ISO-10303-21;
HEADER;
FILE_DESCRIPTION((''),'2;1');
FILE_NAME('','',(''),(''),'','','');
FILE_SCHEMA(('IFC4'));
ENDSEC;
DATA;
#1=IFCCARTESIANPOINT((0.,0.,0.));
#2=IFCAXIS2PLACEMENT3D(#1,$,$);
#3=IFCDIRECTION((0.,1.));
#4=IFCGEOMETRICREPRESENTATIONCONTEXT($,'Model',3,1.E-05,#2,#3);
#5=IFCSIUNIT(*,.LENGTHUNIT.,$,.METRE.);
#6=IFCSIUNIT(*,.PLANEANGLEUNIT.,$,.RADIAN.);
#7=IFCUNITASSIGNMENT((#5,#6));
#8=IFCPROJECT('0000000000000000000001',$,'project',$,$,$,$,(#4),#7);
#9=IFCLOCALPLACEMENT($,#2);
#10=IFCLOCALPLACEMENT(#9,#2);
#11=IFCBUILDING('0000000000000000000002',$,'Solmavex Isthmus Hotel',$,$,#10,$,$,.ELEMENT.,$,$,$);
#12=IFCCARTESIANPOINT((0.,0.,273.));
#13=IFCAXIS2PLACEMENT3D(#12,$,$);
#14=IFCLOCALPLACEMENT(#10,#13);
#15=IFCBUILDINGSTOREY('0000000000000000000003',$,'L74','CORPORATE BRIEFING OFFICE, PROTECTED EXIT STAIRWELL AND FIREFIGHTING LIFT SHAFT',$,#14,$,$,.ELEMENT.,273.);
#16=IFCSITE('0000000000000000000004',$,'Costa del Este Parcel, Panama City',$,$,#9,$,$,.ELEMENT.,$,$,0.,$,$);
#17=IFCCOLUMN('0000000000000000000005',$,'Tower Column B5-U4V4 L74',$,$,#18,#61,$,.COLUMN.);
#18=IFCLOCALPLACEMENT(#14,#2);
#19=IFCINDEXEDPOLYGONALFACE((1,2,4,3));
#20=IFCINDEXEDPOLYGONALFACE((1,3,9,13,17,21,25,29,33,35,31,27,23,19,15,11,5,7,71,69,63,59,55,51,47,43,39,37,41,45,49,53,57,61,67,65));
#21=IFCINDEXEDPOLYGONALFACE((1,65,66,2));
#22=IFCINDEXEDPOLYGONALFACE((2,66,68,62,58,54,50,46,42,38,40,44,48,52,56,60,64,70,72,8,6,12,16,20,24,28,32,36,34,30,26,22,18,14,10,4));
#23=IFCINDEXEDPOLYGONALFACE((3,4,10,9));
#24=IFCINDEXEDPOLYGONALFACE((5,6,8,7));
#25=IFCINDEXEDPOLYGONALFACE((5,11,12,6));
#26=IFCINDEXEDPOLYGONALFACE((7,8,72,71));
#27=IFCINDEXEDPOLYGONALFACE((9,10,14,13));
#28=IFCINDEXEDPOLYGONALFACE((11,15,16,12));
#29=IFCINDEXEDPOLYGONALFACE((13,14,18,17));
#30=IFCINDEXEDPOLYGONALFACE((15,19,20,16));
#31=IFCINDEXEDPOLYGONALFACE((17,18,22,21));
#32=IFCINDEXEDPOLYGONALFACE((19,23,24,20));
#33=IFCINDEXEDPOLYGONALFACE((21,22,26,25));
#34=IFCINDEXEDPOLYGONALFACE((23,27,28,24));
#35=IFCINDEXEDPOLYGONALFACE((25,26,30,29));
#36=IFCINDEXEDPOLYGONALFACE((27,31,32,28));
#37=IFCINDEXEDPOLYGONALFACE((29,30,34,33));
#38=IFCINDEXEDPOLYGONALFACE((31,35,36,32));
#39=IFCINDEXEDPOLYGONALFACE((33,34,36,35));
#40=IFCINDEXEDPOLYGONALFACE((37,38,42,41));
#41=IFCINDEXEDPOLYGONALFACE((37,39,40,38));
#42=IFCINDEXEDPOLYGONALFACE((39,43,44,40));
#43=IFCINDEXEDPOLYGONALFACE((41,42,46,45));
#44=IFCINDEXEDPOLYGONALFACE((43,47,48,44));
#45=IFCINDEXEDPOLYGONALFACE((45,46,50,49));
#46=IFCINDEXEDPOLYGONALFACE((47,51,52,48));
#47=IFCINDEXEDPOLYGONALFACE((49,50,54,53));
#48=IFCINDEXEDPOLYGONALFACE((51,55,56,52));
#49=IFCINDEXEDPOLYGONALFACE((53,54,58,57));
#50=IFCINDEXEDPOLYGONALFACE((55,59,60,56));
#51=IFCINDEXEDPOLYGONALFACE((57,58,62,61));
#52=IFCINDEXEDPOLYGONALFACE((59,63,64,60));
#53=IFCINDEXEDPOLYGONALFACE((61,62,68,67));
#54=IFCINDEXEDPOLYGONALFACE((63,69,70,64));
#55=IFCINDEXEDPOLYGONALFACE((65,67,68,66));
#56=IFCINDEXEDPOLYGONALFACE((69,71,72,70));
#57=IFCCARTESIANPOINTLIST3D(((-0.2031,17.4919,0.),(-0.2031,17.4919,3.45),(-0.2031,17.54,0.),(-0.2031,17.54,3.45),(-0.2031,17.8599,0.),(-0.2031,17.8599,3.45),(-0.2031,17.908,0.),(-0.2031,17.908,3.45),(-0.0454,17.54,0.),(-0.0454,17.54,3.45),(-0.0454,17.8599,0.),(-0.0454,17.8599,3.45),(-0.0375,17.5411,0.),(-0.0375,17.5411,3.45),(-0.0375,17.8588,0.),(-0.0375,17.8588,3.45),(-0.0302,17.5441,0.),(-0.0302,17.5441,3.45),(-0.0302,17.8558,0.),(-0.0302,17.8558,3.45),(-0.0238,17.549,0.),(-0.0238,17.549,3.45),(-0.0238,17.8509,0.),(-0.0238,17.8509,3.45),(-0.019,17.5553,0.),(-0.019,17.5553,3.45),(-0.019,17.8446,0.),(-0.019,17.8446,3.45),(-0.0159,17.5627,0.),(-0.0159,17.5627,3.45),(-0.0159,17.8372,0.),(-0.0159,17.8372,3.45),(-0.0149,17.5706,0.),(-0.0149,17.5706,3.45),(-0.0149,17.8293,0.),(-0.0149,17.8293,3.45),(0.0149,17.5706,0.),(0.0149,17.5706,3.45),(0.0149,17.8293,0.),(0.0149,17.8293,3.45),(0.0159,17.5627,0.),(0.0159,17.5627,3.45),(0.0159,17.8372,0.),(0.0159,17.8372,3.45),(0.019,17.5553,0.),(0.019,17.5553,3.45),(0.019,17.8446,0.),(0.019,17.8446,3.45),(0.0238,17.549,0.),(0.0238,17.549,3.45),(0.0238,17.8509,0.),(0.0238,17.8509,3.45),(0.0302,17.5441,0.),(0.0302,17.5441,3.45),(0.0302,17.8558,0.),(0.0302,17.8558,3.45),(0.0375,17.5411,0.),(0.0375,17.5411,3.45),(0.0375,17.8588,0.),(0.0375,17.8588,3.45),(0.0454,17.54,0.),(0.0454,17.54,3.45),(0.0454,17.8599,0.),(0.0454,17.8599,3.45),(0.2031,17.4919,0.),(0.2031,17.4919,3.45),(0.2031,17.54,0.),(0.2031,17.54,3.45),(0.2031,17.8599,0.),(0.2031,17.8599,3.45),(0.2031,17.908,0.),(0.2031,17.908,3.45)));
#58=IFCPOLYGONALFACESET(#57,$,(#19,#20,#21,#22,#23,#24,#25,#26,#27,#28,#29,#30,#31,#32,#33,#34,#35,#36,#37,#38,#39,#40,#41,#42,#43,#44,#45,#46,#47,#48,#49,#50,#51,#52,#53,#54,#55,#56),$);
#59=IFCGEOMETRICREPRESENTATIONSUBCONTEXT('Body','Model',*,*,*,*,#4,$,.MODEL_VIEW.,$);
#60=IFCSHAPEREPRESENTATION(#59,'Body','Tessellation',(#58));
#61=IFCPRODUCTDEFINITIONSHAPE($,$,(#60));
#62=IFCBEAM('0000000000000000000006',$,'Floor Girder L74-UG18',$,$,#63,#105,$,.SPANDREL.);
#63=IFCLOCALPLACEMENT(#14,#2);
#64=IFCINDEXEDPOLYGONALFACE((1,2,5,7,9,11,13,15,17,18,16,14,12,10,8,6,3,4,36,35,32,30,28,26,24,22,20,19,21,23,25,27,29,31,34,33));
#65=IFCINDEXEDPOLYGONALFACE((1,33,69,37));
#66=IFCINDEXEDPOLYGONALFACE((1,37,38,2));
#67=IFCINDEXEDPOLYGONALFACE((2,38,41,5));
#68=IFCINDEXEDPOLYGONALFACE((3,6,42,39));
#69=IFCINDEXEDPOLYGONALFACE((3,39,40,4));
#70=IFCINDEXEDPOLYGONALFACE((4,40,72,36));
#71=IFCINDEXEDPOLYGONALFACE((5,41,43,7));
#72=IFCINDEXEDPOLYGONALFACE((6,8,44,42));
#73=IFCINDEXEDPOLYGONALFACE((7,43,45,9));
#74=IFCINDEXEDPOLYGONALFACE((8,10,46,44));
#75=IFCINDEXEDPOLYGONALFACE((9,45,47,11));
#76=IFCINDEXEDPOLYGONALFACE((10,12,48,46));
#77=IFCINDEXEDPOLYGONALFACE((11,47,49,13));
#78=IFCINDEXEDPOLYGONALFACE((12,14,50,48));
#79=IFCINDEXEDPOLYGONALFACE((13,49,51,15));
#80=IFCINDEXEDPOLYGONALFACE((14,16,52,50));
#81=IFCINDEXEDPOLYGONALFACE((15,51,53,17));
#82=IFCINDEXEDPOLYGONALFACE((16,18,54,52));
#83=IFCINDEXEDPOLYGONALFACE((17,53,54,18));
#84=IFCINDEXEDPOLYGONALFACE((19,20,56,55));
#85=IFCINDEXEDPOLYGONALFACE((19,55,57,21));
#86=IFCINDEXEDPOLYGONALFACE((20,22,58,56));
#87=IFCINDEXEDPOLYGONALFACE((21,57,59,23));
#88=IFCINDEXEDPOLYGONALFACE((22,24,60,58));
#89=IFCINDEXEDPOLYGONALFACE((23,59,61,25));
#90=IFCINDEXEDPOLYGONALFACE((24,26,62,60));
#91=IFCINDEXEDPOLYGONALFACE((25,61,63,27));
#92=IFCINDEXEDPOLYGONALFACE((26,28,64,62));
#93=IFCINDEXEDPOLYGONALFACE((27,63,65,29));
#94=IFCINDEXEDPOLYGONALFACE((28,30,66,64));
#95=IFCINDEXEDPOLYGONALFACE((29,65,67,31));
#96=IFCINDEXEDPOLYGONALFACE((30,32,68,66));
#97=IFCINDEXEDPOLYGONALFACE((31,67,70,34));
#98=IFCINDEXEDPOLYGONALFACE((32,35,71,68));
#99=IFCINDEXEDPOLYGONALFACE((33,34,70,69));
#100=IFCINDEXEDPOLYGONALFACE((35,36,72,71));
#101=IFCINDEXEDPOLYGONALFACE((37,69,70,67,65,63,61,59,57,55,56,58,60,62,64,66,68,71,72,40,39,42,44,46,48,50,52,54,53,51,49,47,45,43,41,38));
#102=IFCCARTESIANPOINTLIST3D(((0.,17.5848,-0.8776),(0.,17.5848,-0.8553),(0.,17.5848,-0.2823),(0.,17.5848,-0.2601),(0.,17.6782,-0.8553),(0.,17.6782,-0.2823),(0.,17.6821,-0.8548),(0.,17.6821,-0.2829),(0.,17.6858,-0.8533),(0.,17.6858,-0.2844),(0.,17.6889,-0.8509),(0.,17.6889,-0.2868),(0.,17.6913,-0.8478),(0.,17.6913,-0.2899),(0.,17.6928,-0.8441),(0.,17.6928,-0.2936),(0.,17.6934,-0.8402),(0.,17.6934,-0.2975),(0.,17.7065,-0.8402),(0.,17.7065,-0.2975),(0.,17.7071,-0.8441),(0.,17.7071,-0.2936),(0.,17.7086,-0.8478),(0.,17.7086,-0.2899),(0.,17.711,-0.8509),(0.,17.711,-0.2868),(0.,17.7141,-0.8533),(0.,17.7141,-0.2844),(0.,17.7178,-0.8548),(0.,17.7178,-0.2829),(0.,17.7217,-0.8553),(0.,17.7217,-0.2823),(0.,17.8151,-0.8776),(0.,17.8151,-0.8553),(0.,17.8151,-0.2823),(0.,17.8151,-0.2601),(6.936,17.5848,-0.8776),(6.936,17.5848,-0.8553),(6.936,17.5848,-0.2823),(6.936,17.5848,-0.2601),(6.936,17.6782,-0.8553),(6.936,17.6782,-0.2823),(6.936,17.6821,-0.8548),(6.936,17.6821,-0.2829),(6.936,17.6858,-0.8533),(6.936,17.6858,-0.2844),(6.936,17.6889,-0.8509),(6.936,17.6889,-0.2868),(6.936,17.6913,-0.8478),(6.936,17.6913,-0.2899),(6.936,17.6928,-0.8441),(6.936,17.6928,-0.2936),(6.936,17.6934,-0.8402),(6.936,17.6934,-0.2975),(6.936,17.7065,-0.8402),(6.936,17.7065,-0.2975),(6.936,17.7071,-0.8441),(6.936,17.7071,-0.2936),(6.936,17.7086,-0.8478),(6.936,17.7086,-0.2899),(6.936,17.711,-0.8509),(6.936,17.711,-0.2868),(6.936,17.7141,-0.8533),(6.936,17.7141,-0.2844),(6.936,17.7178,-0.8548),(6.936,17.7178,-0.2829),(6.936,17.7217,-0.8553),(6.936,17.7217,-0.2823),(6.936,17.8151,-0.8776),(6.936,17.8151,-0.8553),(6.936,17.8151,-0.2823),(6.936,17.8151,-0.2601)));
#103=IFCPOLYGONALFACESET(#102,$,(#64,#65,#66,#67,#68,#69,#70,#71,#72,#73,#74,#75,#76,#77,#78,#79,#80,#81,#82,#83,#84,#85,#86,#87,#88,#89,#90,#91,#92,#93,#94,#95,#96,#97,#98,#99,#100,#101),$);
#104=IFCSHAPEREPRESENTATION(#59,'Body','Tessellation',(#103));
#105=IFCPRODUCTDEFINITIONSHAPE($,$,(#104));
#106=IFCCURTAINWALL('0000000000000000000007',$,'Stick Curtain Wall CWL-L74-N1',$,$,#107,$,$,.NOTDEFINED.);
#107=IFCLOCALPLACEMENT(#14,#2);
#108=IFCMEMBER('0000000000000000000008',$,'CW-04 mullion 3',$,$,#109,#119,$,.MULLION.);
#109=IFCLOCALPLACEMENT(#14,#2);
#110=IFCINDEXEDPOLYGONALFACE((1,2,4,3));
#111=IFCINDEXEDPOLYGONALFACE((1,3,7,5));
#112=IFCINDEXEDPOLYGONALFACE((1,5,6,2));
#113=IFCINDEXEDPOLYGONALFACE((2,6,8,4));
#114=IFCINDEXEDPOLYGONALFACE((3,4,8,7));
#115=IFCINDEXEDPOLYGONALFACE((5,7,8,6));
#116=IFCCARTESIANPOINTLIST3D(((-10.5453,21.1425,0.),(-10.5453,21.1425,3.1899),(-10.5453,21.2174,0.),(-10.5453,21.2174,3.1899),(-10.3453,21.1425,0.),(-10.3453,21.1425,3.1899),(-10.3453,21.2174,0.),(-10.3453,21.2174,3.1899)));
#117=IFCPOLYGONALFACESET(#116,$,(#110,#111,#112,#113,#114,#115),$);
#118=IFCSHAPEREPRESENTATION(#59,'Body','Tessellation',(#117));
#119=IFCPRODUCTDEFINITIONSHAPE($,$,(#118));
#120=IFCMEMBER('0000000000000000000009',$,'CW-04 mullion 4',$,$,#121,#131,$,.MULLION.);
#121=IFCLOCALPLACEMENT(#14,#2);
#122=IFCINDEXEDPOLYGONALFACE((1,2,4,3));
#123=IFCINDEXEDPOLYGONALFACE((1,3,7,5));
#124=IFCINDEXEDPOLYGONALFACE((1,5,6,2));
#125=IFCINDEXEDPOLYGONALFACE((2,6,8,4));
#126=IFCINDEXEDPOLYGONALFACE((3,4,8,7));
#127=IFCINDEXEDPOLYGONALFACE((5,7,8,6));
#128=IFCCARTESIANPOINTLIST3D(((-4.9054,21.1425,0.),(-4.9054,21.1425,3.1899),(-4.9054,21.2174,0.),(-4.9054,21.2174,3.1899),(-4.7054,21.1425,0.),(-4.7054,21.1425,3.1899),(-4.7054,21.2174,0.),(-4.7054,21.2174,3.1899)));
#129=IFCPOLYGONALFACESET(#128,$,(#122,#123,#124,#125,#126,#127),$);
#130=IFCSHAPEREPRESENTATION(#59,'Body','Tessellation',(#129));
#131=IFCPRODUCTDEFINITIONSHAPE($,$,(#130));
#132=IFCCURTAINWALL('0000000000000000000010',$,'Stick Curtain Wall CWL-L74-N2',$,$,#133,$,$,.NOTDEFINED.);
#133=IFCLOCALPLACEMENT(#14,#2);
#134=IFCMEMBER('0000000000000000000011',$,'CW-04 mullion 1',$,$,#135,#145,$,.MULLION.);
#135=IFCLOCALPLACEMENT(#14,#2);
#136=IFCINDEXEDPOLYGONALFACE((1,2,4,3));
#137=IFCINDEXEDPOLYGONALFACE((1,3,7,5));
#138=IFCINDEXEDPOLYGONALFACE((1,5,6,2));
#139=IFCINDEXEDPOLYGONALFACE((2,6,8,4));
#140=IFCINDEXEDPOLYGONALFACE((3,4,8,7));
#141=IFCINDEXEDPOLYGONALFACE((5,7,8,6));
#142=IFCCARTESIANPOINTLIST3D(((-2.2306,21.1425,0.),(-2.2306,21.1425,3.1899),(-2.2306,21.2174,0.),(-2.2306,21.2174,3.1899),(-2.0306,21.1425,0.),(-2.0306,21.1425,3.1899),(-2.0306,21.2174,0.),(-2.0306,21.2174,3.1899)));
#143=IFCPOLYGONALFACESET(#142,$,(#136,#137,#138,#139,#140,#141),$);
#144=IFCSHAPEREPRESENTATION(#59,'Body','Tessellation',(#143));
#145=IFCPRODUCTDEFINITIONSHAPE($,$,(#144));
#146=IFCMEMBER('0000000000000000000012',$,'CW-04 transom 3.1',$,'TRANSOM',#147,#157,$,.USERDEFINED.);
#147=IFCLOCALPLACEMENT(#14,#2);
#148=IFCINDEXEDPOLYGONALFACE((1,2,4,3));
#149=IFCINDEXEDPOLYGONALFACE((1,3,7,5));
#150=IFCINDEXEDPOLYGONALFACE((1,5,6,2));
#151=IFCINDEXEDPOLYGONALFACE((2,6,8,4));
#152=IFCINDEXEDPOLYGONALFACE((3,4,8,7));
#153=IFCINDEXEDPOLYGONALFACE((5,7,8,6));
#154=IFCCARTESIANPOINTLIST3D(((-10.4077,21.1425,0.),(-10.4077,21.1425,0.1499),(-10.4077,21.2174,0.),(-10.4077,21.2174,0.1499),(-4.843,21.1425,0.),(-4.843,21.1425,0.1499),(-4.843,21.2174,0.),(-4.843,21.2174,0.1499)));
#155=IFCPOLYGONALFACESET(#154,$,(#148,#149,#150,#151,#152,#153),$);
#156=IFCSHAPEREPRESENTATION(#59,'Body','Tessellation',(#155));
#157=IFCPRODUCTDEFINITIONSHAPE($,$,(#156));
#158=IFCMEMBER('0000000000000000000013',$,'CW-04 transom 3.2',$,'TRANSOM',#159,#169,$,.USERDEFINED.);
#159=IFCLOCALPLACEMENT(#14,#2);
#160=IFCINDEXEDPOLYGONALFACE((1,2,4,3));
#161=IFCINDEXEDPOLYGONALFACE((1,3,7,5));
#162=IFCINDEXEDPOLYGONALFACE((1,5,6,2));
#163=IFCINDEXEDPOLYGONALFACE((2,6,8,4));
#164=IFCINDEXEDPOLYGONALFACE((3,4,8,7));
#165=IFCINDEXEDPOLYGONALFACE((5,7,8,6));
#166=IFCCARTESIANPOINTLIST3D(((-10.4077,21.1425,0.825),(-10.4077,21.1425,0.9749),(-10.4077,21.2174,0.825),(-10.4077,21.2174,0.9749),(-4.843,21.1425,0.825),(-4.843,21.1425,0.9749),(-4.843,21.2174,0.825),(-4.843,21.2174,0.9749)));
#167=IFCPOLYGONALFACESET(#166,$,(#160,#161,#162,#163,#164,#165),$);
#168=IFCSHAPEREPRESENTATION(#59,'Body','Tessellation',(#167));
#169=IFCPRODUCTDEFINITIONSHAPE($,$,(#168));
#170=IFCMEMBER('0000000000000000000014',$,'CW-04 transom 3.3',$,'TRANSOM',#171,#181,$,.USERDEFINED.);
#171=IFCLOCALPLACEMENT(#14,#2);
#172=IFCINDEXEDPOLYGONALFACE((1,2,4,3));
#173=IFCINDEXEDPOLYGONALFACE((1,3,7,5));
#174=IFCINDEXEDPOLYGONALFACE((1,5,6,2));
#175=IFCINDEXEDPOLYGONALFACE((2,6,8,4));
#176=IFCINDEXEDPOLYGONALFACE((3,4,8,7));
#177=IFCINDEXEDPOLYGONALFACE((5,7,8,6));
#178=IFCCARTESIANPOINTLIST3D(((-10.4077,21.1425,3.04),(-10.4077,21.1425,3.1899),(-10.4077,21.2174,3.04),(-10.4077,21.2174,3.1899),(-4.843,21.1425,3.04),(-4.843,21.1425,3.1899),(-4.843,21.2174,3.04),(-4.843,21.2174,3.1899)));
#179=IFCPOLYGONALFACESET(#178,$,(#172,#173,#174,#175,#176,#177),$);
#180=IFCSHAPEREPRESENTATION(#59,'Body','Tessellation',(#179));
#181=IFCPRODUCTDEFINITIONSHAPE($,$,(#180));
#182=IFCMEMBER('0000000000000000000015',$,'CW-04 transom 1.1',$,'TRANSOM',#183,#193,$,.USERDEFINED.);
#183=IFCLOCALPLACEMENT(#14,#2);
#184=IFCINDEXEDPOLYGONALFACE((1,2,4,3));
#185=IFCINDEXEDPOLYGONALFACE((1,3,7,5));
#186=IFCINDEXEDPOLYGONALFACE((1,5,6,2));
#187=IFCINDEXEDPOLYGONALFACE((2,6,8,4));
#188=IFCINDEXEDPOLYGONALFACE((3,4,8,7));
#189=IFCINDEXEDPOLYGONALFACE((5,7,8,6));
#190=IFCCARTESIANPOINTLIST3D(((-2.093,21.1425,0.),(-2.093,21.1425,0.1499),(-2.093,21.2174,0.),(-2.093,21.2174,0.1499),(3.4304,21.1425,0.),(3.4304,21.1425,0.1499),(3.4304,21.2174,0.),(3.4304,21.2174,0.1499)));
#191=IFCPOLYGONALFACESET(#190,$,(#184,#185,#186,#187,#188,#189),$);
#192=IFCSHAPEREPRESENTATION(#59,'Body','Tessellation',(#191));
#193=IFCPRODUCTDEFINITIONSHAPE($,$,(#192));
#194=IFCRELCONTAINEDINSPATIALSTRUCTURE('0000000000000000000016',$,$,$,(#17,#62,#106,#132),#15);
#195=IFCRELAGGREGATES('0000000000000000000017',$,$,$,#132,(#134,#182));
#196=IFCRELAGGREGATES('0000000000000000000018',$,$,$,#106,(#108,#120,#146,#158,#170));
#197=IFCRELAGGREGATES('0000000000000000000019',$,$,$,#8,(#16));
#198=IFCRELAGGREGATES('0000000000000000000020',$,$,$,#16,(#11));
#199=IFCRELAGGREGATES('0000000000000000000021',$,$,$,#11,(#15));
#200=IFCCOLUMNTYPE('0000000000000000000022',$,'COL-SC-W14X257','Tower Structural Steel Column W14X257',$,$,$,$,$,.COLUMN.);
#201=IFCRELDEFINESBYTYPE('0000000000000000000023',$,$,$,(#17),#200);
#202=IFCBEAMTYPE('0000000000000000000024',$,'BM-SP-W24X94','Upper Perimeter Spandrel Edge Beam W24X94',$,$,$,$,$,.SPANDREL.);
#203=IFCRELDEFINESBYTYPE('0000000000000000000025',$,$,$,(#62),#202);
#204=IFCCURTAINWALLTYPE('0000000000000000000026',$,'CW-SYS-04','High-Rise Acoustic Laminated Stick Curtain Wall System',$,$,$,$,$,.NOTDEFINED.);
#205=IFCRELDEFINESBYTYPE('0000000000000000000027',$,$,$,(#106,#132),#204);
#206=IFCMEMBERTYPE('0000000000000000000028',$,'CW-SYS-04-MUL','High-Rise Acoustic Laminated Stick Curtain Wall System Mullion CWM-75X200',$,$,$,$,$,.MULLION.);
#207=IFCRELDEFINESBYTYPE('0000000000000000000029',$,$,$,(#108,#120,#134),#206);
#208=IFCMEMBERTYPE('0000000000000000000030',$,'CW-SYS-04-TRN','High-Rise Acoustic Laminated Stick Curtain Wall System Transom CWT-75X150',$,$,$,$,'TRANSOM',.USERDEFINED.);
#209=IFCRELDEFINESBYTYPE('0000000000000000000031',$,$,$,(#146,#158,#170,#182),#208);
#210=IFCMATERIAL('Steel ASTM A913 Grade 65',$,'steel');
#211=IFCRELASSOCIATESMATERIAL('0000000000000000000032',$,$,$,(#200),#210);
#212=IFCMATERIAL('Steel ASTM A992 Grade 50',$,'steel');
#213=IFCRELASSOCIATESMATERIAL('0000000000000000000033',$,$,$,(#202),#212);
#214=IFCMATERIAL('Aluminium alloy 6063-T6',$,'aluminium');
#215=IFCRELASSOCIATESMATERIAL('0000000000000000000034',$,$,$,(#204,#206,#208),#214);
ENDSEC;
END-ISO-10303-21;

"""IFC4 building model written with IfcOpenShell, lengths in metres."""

from ifc_helpers import new_model, si_unit, direction, frame, origin, origin_2d, place, context, subcontext, project, spatial, rectangle, i_section, extrude, material, material_profile, profile_set, type_object, element, aggregate, save


model = new_model("IFC4")

# Units and contexts
model_context = context("Model", 3, precision=1e-05, world=origin(), true_north=direction((0.0, 1.0)))
body_context = subcontext(model_context, "Body", "Model", "MODEL_VIEW")
ifc_project = project(units=[si_unit("LENGTHUNIT", "METRE"), si_unit("PLANEANGLEUNIT", "RADIAN")], contexts=[model_context])

# Site, building, storey
site_placement = place(None, origin())
site = spatial("IfcSite", under=ifc_project, at=site_placement, Name="Costa del Este Parcel, Panama City", CompositionType="ELEMENT", RefElevation=0.0)
building_placement = place(site_placement, origin())
building = spatial("IfcBuilding", under=site, at=building_placement, Name="Solmavex Isthmus Hotel", CompositionType="ELEMENT")
storey_placement = place(building_placement, frame((0.0, 0.0, 273.0)))
storey = spatial("IfcBuildingStorey", under=building, at=storey_placement, Name="L74", Description="CORPORATE BRIEFING OFFICE, PROTECTED EXIT STAIRWELL AND FIREFIGHTING LIFT SHAFT", CompositionType="ELEMENT", Elevation=273.0)

# Column
ifc_material_1 = material(Name="Steel ASTM A913 Grade 65", Category="steel")
ifc_material_profile_1 = material_profile(ifc_material_1, i_section(OverallWidth=0.4062, OverallDepth=0.416, WebThickness=0.0298, FlangeThickness=0.0481, FilletRadius=0.0305, at=origin_2d()), Name="W14X257")
ifc_profile_set_1 = profile_set([ifc_material_profile_1], Name="Steel ASTM A913 Grade 65")
column_type = type_object("IfcColumnType", Name="COL-SC-W14X257", Description="Tower Structural Steel Column W14X257", PredefinedType="COLUMN", material=ifc_profile_set_1)
column_placement = place(storey_placement, frame((0.0, 17.7, 0.0), z_axis=(0.0, 0.0, 1.0), x_axis=(1.0, 0.0, 0.0)))
element("IfcColumn", 1, at=column_placement, inside=storey, type_object=column_type, Name="Tower Column B5-U4V4 L74", PredefinedType="COLUMN", context=body_context, shape_type="SweptSolid", body=[
    extrude(i_section(OverallWidth=0.4062, OverallDepth=0.416, WebThickness=0.0298, FlangeThickness=0.0481, FilletRadius=0.0305, at=origin_2d()), origin(), (0.0, 0.0, 1.0), 3.45),
])

# Beam
ifc_material_2 = material(Name="Steel ASTM A992 Grade 50", Category="steel")
ifc_material_profile_2 = material_profile(ifc_material_2, i_section(OverallWidth=0.2302, OverallDepth=0.6174, WebThickness=0.0132, FlangeThickness=0.0222, FilletRadius=0.0151, at=origin_2d()), Name="W24X94")
ifc_profile_set_2 = profile_set([ifc_material_profile_2], Name="Steel ASTM A992 Grade 50")
beam_type = type_object("IfcBeamType", Name="BM-SP-W24X94", Description="Upper Perimeter Spandrel Edge Beam W24X94", PredefinedType="SPANDREL", material=ifc_profile_set_2)
beam_placement = place(storey_placement, frame((0.0, 17.7, -0.5688), z_axis=(1.0, 0.0, 0.0), x_axis=(0.0, 1.0, 0.0)))
element("IfcBeam", 2, at=beam_placement, inside=storey, type_object=beam_type, Name="Floor Girder L74-UG18", PredefinedType="SPANDREL", context=body_context, shape_type="SweptSolid", body=[
    extrude(i_section(OverallWidth=0.2302, OverallDepth=0.6174, WebThickness=0.0132, FlangeThickness=0.0222, FilletRadius=0.0151, at=origin_2d()), origin(), (0.0, 0.0, 1.0), 6.936),
])

# Curtain wall, members
ifc_material_3 = material(Name="Aluminium alloy 6063-T6", Category="aluminium")
curtain_wall_type = type_object("IfcCurtainWallType", Name="CW-SYS-04", Description="High-Rise Acoustic Laminated Stick Curtain Wall System", PredefinedType="NOTDEFINED", material=ifc_material_3)
curtain_wall_1_placement = place(storey_placement, origin())
curtain_wall_1 = element("IfcCurtainWall", 3, at=curtain_wall_1_placement, inside=storey, type_object=curtain_wall_type, Name="Stick Curtain Wall CWL-L74-N1", PredefinedType="NOTDEFINED")
ifc_material_profile_3 = material_profile(ifc_material_3, rectangle(XDim=0.075, YDim=0.2, at=origin_2d()), Name="CWM-75X200")
ifc_profile_set_3 = profile_set([ifc_material_profile_3], Name="Aluminium alloy 6063-T6")
member_type_1 = type_object("IfcMemberType", Name="CW-SYS-04-MUL", Description="High-Rise Acoustic Laminated Stick Curtain Wall System Mullion CWM-75X200", PredefinedType="MULLION", material=ifc_profile_set_3)
member_1_placement = place(storey_placement, frame((-10.4453, 21.1799, 0.0), z_axis=(0.0, 0.0, 1.0), x_axis=(0.0, 1.0, 0.0)))
member_1 = element("IfcMember", 4, at=member_1_placement, type_object=member_type_1, Name="CW-04 mullion 3", PredefinedType="MULLION", context=body_context, shape_type="SweptSolid", body=[
    extrude(rectangle(XDim=0.075, YDim=0.2, at=origin_2d()), origin(), (0.0, 0.0, 1.0), 3.1899),
])
member_2_placement = place(storey_placement, frame((-4.8054, 21.1799, 0.0), z_axis=(0.0, 0.0, 1.0), x_axis=(0.0, 1.0, 0.0)))
member_2 = element("IfcMember", 5, at=member_2_placement, type_object=member_type_1, Name="CW-04 mullion 4", PredefinedType="MULLION", context=body_context, shape_type="SweptSolid", body=[
    extrude(rectangle(XDim=0.075, YDim=0.2, at=origin_2d()), origin(), (0.0, 0.0, 1.0), 3.1899),
])

# Curtain wall, member
curtain_wall_2_placement = place(storey_placement, origin())
curtain_wall_2 = element("IfcCurtainWall", 6, at=curtain_wall_2_placement, inside=storey, type_object=curtain_wall_type, Name="Stick Curtain Wall CWL-L74-N2", PredefinedType="NOTDEFINED")
member_3_placement = place(storey_placement, frame((-2.1306, 21.1799, 0.0), z_axis=(0.0, 0.0, 1.0), x_axis=(0.0, 1.0, 0.0)))
member_3 = element("IfcMember", 7, at=member_3_placement, type_object=member_type_1, Name="CW-04 mullion 1", PredefinedType="MULLION", context=body_context, shape_type="SweptSolid", body=[
    extrude(rectangle(XDim=0.075, YDim=0.2, at=origin_2d()), origin(), (0.0, 0.0, 1.0), 3.1899),
])

# Members
ifc_material_profile_4 = material_profile(ifc_material_3, rectangle(XDim=0.075, YDim=0.1499, at=origin_2d()), Name="CWT-75X150")
ifc_profile_set_4 = profile_set([ifc_material_profile_4], Name="Aluminium alloy 6063-T6")
member_type_2 = type_object("IfcMemberType", Name="CW-SYS-04-TRN", Description="High-Rise Acoustic Laminated Stick Curtain Wall System Transom CWT-75X150", ElementType="TRANSOM", PredefinedType="USERDEFINED", material=ifc_profile_set_4)
member_4_placement = place(storey_placement, frame((-10.4077, 21.1799, 0.075), z_axis=(1.0, 0.0, 0.0), x_axis=(0.0, 1.0, 0.0)))
member_4 = element("IfcMember", 8, at=member_4_placement, type_object=member_type_2, Name="CW-04 transom 3.1", ObjectType="TRANSOM", PredefinedType="USERDEFINED", context=body_context, shape_type="SweptSolid", body=[
    extrude(rectangle(XDim=0.075, YDim=0.1499, at=origin_2d()), origin(), (0.0, 0.0, 1.0), 5.5647),
])
member_5_placement = place(storey_placement, frame((-10.4077, 21.1799, 0.8999), z_axis=(1.0, 0.0, 0.0), x_axis=(0.0, 1.0, 0.0)))
member_5 = element("IfcMember", 9, at=member_5_placement, type_object=member_type_2, Name="CW-04 transom 3.2", ObjectType="TRANSOM", PredefinedType="USERDEFINED", context=body_context, shape_type="SweptSolid", body=[
    extrude(rectangle(XDim=0.075, YDim=0.1499, at=origin_2d()), origin(), (0.0, 0.0, 1.0), 5.5647),
])
member_6_placement = place(storey_placement, frame((-10.4077, 21.1799, 3.115), z_axis=(1.0, 0.0, 0.0), x_axis=(0.0, 1.0, 0.0)))
member_6 = element("IfcMember", 10, at=member_6_placement, type_object=member_type_2, Name="CW-04 transom 3.3", ObjectType="TRANSOM", PredefinedType="USERDEFINED", context=body_context, shape_type="SweptSolid", body=[
    extrude(rectangle(XDim=0.075, YDim=0.1499, at=origin_2d()), origin(), (0.0, 0.0, 1.0), 5.5647),
])
member_7_placement = place(storey_placement, frame((-2.093, 21.1799, 0.075), z_axis=(1.0, 0.0, 0.0), x_axis=(0.0, 1.0, 0.0)))
member_7 = element("IfcMember", 11, at=member_7_placement, type_object=member_type_2, Name="CW-04 transom 1.1", ObjectType="TRANSOM", PredefinedType="USERDEFINED", context=body_context, shape_type="SweptSolid", body=[
    extrude(rectangle(XDim=0.075, YDim=0.1499, at=origin_2d()), origin(), (0.0, 0.0, 1.0), 5.5234),
])
aggregate(curtain_wall_2, [member_3, member_7])

aggregate(curtain_wall_1, [member_1, member_2, member_4, member_5, member_6])

save(model, "model.ifc")
